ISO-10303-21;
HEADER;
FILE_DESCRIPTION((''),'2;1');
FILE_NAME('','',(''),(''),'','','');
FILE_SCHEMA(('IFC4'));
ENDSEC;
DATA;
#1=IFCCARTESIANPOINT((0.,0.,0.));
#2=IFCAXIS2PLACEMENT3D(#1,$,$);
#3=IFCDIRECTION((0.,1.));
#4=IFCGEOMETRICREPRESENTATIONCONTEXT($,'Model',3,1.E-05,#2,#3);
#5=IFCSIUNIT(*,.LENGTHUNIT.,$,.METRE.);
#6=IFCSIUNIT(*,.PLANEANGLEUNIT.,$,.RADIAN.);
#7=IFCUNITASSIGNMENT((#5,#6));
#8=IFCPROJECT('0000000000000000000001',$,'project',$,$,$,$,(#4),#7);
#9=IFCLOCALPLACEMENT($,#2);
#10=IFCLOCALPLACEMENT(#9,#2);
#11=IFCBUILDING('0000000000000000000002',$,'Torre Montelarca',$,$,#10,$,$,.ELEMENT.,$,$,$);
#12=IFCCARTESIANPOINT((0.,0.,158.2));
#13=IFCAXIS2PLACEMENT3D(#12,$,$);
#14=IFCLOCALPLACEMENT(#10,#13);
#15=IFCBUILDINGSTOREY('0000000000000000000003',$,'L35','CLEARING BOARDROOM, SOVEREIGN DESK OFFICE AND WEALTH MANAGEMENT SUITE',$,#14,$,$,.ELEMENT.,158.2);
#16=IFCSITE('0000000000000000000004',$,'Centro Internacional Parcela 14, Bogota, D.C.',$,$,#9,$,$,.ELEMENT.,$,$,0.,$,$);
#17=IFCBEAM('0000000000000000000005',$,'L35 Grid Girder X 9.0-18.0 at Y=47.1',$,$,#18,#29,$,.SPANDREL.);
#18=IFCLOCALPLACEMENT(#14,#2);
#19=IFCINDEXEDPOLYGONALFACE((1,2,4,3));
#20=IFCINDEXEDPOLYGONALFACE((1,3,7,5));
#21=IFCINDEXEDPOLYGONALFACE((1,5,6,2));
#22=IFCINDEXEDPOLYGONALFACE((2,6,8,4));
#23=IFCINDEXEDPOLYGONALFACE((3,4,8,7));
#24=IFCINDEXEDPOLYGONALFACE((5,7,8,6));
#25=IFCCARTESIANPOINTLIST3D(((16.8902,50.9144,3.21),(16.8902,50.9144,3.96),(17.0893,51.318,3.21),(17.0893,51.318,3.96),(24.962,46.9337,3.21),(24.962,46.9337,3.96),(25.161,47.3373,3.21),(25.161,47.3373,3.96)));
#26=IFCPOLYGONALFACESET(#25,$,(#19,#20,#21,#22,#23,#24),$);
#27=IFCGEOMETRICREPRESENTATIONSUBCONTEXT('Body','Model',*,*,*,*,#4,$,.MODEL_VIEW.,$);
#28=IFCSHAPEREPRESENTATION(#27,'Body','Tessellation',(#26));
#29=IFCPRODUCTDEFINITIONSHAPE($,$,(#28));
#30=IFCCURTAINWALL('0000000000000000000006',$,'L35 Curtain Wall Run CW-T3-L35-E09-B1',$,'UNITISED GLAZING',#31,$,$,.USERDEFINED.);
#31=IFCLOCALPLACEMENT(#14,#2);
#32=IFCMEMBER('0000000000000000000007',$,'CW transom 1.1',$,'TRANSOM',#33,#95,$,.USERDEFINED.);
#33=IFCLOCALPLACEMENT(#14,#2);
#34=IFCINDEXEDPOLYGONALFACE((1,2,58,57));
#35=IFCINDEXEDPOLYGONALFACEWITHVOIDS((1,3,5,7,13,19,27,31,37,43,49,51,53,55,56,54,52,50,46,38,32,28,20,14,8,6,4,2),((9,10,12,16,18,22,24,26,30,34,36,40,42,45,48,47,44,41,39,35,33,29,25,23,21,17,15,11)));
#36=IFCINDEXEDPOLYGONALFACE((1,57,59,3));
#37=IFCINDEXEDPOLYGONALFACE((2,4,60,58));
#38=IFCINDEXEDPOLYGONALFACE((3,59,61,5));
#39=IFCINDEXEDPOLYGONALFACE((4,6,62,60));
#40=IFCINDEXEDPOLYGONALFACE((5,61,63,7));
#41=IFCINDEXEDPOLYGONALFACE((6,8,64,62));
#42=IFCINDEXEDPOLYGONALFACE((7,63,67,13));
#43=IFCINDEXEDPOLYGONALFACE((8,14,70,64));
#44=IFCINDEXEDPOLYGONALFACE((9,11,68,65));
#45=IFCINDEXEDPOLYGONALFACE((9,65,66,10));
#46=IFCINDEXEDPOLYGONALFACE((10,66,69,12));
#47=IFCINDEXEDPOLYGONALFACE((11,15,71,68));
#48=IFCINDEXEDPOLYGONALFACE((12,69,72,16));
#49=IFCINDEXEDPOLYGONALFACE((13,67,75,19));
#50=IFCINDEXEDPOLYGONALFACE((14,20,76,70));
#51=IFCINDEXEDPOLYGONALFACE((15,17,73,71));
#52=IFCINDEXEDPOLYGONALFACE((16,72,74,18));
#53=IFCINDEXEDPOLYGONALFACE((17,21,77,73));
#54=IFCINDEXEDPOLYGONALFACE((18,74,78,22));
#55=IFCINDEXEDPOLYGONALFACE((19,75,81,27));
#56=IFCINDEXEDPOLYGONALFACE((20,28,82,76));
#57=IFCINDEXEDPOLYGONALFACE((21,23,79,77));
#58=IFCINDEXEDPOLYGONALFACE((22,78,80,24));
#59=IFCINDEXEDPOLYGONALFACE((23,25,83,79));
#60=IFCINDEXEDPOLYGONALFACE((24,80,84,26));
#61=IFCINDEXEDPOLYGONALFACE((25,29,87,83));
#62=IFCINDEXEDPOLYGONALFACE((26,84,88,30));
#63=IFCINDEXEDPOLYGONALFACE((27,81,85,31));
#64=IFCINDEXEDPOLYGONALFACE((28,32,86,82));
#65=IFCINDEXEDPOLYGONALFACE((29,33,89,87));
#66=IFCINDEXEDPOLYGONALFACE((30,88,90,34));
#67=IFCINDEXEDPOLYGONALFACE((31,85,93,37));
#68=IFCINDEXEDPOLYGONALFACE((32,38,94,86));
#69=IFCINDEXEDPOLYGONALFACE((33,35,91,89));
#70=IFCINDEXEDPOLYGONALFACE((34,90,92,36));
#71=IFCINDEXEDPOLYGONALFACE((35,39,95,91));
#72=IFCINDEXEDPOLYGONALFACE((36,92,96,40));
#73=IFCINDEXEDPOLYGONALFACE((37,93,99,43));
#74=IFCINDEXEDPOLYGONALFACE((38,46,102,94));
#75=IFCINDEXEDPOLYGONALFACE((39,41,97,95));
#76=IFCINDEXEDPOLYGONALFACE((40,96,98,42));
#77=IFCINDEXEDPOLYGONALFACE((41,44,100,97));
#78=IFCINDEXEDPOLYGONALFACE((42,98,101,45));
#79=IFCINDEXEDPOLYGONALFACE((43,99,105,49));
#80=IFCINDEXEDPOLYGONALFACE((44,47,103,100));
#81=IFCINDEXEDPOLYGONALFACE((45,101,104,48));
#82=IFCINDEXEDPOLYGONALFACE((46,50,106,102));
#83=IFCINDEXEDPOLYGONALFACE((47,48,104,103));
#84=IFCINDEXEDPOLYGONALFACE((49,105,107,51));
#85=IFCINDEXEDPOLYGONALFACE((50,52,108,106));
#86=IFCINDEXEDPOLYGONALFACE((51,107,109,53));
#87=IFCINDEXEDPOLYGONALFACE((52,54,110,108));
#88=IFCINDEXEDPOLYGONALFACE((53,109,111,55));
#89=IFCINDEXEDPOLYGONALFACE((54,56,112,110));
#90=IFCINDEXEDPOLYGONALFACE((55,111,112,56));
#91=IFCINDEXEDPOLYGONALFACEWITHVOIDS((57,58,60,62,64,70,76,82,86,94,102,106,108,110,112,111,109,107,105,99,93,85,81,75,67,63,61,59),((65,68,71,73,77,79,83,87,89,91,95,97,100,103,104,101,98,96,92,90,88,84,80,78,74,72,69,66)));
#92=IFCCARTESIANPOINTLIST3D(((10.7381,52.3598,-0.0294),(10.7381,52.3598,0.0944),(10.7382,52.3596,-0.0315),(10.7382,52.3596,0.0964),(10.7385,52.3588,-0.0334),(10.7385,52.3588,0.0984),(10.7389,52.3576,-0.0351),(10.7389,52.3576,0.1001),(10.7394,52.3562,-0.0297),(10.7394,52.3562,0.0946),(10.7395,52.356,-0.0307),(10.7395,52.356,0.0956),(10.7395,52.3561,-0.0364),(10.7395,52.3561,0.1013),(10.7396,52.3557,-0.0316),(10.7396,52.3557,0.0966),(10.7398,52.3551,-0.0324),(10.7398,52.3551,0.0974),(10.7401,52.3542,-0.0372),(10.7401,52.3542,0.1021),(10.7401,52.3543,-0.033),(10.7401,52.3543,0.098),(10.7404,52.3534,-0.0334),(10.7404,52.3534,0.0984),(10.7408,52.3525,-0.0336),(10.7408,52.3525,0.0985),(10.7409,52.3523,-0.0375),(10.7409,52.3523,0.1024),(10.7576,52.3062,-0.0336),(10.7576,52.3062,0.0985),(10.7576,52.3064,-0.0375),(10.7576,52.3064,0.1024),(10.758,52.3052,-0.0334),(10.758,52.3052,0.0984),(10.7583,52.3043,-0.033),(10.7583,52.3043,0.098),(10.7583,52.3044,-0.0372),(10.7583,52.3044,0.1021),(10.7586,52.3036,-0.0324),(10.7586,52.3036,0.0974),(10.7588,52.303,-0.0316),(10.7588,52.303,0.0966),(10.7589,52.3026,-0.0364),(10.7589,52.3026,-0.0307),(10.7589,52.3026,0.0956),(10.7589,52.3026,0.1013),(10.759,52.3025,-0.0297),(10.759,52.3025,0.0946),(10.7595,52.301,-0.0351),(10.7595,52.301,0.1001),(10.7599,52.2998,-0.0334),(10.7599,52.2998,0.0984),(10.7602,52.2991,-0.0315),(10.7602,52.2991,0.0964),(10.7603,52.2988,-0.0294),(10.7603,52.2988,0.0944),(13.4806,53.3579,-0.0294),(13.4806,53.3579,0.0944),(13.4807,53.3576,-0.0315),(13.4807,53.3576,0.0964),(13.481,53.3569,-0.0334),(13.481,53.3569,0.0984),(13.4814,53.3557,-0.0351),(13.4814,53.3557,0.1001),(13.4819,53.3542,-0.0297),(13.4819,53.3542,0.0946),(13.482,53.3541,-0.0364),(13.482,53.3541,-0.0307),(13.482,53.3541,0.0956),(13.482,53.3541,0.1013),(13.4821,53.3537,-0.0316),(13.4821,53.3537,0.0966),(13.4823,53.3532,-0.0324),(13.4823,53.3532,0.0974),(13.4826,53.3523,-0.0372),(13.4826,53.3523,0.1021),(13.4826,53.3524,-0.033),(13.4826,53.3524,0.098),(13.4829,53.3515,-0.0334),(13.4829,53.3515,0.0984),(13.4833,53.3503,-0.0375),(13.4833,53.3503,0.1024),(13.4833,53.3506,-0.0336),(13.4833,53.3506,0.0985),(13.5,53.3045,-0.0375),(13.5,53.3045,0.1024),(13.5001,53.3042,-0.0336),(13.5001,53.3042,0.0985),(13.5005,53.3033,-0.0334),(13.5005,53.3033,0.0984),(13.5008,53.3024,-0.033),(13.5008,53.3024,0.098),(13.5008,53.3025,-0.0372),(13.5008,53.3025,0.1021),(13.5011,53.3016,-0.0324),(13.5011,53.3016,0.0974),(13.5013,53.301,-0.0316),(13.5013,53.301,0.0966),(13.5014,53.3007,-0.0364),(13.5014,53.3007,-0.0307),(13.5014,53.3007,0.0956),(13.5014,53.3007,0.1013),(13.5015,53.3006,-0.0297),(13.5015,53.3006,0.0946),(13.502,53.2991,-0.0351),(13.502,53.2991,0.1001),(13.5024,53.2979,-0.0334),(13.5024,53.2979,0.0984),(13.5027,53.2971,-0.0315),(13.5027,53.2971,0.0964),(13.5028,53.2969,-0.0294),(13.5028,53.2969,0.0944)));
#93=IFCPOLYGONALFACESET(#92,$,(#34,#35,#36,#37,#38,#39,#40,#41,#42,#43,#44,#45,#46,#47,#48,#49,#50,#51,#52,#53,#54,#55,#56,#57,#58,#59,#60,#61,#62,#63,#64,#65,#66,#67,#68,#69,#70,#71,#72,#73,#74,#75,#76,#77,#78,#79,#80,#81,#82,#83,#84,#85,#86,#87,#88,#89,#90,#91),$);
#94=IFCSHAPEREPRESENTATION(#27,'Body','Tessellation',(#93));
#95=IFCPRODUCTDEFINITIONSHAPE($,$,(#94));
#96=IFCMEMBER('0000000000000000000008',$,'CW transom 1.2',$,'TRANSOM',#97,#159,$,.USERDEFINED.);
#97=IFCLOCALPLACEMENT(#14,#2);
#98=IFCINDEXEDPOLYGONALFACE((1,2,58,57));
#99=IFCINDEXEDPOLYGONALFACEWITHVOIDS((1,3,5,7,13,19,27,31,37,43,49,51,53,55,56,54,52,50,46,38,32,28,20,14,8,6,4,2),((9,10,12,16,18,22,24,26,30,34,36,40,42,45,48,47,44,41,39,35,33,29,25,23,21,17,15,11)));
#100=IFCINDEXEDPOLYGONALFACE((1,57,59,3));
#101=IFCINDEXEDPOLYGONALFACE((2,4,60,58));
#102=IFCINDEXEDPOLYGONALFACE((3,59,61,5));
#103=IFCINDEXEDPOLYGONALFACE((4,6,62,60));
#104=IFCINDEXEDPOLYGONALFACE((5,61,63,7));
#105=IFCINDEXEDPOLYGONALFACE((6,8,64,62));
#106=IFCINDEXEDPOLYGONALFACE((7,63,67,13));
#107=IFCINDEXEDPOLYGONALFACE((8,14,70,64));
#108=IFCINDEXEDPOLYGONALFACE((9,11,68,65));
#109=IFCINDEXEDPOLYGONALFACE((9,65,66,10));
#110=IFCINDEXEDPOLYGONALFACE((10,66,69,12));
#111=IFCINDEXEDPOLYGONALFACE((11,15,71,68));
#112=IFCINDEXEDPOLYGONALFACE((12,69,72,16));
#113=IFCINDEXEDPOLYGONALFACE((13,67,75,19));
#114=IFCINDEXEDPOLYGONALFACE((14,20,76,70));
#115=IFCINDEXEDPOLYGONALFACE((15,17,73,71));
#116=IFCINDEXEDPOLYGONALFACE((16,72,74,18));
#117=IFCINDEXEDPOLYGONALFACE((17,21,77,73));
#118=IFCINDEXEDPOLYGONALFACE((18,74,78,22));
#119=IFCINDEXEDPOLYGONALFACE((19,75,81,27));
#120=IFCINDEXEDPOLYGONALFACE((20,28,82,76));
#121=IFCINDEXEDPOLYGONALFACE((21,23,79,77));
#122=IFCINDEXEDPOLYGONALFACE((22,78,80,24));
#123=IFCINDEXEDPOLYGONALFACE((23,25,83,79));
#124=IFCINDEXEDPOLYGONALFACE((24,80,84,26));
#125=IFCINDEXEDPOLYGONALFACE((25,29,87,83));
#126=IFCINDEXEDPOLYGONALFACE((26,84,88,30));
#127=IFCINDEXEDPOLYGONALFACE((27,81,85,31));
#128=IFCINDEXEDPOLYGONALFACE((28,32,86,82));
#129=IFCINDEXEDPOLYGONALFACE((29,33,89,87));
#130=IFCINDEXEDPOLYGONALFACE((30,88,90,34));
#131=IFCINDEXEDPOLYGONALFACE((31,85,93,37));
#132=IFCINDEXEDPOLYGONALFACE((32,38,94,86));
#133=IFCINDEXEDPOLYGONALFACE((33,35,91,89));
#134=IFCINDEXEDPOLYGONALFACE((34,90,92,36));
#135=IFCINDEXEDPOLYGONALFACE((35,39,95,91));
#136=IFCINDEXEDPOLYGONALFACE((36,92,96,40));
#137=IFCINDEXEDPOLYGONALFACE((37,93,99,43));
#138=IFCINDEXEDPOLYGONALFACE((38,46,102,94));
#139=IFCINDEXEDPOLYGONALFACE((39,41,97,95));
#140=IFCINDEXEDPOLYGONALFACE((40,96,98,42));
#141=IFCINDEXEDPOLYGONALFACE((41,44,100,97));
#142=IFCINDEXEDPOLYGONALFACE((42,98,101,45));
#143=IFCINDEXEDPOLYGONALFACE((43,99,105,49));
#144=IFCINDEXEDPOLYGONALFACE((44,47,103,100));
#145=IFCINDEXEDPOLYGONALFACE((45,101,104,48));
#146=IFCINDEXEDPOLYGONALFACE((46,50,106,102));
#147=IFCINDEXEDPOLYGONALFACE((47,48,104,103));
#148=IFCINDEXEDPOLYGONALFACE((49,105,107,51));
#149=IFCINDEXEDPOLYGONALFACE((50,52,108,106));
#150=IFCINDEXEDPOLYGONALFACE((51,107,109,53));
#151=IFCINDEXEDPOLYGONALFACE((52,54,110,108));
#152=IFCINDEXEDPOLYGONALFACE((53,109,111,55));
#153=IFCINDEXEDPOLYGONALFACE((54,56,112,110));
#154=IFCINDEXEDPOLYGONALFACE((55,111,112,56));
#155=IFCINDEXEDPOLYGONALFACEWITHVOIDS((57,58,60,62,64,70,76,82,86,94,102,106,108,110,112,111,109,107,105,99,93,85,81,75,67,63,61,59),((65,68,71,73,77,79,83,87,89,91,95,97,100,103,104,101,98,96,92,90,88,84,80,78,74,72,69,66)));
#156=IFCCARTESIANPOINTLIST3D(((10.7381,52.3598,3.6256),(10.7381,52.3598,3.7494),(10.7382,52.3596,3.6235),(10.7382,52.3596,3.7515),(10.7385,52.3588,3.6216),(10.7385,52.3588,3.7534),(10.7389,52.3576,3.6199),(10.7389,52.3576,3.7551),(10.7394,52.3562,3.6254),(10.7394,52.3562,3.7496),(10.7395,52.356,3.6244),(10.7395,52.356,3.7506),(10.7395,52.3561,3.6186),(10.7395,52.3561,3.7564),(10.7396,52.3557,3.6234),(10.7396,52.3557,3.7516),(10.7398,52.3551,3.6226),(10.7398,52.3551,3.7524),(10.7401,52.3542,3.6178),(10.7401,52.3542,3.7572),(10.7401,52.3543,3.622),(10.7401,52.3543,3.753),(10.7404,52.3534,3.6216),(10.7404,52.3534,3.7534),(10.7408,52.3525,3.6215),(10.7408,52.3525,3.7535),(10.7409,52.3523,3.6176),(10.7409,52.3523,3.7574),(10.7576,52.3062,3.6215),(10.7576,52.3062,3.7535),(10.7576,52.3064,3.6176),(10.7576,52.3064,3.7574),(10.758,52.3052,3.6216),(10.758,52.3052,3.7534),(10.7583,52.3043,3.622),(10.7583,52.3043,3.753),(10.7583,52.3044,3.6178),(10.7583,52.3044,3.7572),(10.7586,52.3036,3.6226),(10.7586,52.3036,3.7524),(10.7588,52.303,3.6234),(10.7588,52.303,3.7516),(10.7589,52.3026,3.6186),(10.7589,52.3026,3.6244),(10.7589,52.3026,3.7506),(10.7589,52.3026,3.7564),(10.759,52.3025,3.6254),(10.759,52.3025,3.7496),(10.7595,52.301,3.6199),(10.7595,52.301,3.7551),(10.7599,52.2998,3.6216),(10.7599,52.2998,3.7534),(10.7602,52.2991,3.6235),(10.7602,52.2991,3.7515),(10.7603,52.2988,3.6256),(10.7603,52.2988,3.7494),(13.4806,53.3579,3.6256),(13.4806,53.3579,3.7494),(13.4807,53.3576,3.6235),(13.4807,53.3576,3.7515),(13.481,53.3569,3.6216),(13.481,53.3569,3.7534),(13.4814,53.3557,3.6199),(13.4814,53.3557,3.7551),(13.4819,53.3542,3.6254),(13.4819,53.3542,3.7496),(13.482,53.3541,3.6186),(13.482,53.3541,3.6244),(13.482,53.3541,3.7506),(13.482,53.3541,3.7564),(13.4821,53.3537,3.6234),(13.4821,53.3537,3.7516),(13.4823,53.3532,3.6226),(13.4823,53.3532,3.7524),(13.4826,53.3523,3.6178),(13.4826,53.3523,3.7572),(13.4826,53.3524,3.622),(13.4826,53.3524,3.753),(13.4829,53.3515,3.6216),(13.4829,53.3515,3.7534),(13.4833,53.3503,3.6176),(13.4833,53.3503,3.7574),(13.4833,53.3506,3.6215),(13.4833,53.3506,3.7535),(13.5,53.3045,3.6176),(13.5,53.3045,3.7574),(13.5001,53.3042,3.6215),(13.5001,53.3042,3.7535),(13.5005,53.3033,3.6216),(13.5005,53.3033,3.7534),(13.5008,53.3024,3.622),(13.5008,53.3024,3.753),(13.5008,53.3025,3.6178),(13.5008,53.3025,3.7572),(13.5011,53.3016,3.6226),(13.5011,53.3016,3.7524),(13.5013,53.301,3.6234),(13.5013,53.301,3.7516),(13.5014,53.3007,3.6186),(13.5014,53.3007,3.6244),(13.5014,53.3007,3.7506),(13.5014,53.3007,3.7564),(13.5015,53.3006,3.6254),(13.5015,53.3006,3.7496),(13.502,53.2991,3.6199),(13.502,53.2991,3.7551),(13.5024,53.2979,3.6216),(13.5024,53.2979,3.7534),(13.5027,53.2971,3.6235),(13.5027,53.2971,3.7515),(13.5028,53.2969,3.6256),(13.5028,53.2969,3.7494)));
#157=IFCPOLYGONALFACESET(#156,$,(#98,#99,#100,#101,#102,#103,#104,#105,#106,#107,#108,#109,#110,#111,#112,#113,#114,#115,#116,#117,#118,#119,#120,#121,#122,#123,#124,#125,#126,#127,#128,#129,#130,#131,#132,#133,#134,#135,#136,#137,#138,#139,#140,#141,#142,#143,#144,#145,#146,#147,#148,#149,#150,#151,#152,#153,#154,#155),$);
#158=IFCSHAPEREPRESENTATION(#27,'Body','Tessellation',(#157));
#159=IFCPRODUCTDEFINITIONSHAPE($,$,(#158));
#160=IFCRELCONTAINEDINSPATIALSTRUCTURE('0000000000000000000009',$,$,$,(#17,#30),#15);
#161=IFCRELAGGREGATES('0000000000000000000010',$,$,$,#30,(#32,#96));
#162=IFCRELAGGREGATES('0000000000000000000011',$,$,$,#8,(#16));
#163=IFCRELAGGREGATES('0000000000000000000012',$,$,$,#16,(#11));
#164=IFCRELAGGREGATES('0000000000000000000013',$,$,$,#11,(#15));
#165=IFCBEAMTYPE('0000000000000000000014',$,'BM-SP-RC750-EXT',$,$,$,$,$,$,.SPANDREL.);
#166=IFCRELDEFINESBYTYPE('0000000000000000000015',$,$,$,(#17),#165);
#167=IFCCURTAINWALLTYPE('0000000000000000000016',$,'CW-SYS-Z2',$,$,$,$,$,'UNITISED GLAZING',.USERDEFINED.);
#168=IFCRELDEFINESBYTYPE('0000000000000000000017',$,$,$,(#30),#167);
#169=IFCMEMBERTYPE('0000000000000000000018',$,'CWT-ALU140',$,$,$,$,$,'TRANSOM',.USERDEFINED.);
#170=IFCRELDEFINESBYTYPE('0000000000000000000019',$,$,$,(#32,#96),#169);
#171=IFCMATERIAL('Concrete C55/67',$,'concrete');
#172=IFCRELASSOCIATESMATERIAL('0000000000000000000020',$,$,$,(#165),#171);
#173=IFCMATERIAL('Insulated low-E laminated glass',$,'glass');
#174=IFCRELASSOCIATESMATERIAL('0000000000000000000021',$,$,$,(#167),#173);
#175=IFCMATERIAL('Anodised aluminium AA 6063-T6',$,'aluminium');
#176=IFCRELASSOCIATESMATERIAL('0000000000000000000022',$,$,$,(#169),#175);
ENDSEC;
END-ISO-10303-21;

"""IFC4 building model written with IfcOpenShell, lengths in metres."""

from ifc_helpers import new_model, si_unit, direction, frame, origin, origin_2d, place, context, subcontext, project, spatial, rectangle, hollow_rectangle, extrude, source, transform, mapped, material, material_profile, profile_set, type_object, element, aggregate, save


model = new_model("IFC4")

# Units and contexts
model_context = context("Model", 3, precision=1e-05, world=origin(), true_north=direction((0.0, 1.0)))
body_context = subcontext(model_context, "Body", "Model", "MODEL_VIEW")
ifc_project = project(units=[si_unit("LENGTHUNIT", "METRE"), si_unit("PLANEANGLEUNIT", "RADIAN")], contexts=[model_context])

# Site, building, storey
site_placement = place(None, origin())
site = spatial("IfcSite", under=ifc_project, at=site_placement, Name="Centro Internacional Parcela 14, Bogota, D.C.", CompositionType="ELEMENT", RefElevation=0.0)
building_placement = place(site_placement, origin())
building = spatial("IfcBuilding", under=site, at=building_placement, Name="Torre Montelarca", CompositionType="ELEMENT")
storey_placement = place(building_placement, frame((0.0, 0.0, 158.2)))
storey = spatial("IfcBuildingStorey", under=building, at=storey_placement, Name="L35", Description="CLEARING BOARDROOM, SOVEREIGN DESK OFFICE AND WEALTH MANAGEMENT SUITE", CompositionType="ELEMENT", Elevation=158.2)

# Shared definitions
ifc_material_1 = material(Name="Concrete C55/67", Category="concrete")

# Beam
ifc_material_profile_1 = material_profile(ifc_material_1, rectangle(XDim=0.45, YDim=0.75, at=origin_2d()), Name="RCB450X750", Category="concrete")
ifc_profile_set_1 = profile_set([ifc_material_profile_1], Name="Concrete C55/67")
beam_type = type_object("IfcBeamType", Name="BM-SP-RC750-EXT", PredefinedType="SPANDREL", material=ifc_profile_set_1)
shared_shape_1 = source(origin(), body_context, "Body", "SweptSolid", [
    extrude(rectangle(XDim=0.45, YDim=0.75, at=origin_2d()), origin(), (0.0, 0.0, 1.0), 9.0),
])
beam_placement = place(storey_placement, frame((16.9897, 51.1162, 3.585), z_axis=(0.896866, -0.442302, 0.0), x_axis=(0.442302, 0.896866, 0.0)))
element("IfcBeam", 1, at=beam_placement, inside=storey, type_object=beam_type, Name="L35 Grid Girder X 9.0-18.0 at Y=47.1", PredefinedType="SPANDREL", context=body_context, shape_type="MappedRepresentation", body=[
    mapped(shared_shape_1, transform((0.0, 0.0, 0.0), scale=1.0)),
])

# Curtain wall, members
ifc_material_2 = material(Name="Insulated low-E laminated glass", Category="glass")
curtain_wall_type = type_object("IfcCurtainWallType", Name="CW-SYS-Z2", ElementType="UNITISED GLAZING", PredefinedType="USERDEFINED", material=ifc_material_2)
curtain_wall_1_placement = place(storey_placement, origin())
curtain_wall_1 = element("IfcCurtainWall", 2, at=curtain_wall_1_placement, inside=storey, type_object=curtain_wall_type, Name="L35 Curtain Wall Run CW-T3-L35-E09-B1", ObjectType="UNITISED GLAZING", PredefinedType="USERDEFINED")
ifc_material_3 = material(Name="Anodised aluminium AA 6063-T6", Category="aluminium")
ifc_material_profile_2 = material_profile(ifc_material_3, hollow_rectangle(XDim=0.0649, YDim=0.1399, WallThickness=0.0039, InnerFilletRadius=0.0039, OuterFilletRadius=0.0081, at=origin_2d()), Name="ALU65X140X4", Category="aluminium")
ifc_profile_set_2 = profile_set([ifc_material_profile_2], Name="Anodised aluminium AA 6063-T6")
member_type_1 = type_object("IfcMemberType", Name="CWT-ALU140", ElementType="TRANSOM", PredefinedType="USERDEFINED", material=ifc_profile_set_2)
shared_shape_2 = source(origin(), body_context, "Body", "SweptSolid", [
    extrude(hollow_rectangle(XDim=0.0649, YDim=0.1399, WallThickness=0.0039, InnerFilletRadius=0.0039, OuterFilletRadius=0.0081, at=origin_2d()), origin(), (0.0, 0.0, 1.0), 2.9185),
])
member_1_placement = place(storey_placement, frame((13.4917, 53.3274, 0.0325), z_axis=(-0.939705, -0.341985, 0.0), x_axis=(0.341985, -0.939705, 0.0)))
member_1 = element("IfcMember", 3, at=member_1_placement, type_object=member_type_1, Name="CW transom 1.1", ObjectType="TRANSOM", PredefinedType="USERDEFINED", context=body_context, shape_type="MappedRepresentation", body=[
    mapped(shared_shape_2, transform((0.0, 0.0, 0.0), scale=1.0)),
])
member_2_placement = place(storey_placement, frame((13.4917, 53.3274, 3.6875), z_axis=(-0.939705, -0.341985, 0.0), x_axis=(0.341985, -0.939705, 0.0)))
member_2 = element("IfcMember", 4, at=member_2_placement, type_object=member_type_1, Name="CW transom 1.2", ObjectType="TRANSOM", PredefinedType="USERDEFINED", context=body_context, shape_type="MappedRepresentation", body=[
    mapped(shared_shape_2, transform((0.0, 0.0, 0.0), scale=1.0)),
])

aggregate(curtain_wall_1, [member_1, member_2])

save(model, "model.ifc")
